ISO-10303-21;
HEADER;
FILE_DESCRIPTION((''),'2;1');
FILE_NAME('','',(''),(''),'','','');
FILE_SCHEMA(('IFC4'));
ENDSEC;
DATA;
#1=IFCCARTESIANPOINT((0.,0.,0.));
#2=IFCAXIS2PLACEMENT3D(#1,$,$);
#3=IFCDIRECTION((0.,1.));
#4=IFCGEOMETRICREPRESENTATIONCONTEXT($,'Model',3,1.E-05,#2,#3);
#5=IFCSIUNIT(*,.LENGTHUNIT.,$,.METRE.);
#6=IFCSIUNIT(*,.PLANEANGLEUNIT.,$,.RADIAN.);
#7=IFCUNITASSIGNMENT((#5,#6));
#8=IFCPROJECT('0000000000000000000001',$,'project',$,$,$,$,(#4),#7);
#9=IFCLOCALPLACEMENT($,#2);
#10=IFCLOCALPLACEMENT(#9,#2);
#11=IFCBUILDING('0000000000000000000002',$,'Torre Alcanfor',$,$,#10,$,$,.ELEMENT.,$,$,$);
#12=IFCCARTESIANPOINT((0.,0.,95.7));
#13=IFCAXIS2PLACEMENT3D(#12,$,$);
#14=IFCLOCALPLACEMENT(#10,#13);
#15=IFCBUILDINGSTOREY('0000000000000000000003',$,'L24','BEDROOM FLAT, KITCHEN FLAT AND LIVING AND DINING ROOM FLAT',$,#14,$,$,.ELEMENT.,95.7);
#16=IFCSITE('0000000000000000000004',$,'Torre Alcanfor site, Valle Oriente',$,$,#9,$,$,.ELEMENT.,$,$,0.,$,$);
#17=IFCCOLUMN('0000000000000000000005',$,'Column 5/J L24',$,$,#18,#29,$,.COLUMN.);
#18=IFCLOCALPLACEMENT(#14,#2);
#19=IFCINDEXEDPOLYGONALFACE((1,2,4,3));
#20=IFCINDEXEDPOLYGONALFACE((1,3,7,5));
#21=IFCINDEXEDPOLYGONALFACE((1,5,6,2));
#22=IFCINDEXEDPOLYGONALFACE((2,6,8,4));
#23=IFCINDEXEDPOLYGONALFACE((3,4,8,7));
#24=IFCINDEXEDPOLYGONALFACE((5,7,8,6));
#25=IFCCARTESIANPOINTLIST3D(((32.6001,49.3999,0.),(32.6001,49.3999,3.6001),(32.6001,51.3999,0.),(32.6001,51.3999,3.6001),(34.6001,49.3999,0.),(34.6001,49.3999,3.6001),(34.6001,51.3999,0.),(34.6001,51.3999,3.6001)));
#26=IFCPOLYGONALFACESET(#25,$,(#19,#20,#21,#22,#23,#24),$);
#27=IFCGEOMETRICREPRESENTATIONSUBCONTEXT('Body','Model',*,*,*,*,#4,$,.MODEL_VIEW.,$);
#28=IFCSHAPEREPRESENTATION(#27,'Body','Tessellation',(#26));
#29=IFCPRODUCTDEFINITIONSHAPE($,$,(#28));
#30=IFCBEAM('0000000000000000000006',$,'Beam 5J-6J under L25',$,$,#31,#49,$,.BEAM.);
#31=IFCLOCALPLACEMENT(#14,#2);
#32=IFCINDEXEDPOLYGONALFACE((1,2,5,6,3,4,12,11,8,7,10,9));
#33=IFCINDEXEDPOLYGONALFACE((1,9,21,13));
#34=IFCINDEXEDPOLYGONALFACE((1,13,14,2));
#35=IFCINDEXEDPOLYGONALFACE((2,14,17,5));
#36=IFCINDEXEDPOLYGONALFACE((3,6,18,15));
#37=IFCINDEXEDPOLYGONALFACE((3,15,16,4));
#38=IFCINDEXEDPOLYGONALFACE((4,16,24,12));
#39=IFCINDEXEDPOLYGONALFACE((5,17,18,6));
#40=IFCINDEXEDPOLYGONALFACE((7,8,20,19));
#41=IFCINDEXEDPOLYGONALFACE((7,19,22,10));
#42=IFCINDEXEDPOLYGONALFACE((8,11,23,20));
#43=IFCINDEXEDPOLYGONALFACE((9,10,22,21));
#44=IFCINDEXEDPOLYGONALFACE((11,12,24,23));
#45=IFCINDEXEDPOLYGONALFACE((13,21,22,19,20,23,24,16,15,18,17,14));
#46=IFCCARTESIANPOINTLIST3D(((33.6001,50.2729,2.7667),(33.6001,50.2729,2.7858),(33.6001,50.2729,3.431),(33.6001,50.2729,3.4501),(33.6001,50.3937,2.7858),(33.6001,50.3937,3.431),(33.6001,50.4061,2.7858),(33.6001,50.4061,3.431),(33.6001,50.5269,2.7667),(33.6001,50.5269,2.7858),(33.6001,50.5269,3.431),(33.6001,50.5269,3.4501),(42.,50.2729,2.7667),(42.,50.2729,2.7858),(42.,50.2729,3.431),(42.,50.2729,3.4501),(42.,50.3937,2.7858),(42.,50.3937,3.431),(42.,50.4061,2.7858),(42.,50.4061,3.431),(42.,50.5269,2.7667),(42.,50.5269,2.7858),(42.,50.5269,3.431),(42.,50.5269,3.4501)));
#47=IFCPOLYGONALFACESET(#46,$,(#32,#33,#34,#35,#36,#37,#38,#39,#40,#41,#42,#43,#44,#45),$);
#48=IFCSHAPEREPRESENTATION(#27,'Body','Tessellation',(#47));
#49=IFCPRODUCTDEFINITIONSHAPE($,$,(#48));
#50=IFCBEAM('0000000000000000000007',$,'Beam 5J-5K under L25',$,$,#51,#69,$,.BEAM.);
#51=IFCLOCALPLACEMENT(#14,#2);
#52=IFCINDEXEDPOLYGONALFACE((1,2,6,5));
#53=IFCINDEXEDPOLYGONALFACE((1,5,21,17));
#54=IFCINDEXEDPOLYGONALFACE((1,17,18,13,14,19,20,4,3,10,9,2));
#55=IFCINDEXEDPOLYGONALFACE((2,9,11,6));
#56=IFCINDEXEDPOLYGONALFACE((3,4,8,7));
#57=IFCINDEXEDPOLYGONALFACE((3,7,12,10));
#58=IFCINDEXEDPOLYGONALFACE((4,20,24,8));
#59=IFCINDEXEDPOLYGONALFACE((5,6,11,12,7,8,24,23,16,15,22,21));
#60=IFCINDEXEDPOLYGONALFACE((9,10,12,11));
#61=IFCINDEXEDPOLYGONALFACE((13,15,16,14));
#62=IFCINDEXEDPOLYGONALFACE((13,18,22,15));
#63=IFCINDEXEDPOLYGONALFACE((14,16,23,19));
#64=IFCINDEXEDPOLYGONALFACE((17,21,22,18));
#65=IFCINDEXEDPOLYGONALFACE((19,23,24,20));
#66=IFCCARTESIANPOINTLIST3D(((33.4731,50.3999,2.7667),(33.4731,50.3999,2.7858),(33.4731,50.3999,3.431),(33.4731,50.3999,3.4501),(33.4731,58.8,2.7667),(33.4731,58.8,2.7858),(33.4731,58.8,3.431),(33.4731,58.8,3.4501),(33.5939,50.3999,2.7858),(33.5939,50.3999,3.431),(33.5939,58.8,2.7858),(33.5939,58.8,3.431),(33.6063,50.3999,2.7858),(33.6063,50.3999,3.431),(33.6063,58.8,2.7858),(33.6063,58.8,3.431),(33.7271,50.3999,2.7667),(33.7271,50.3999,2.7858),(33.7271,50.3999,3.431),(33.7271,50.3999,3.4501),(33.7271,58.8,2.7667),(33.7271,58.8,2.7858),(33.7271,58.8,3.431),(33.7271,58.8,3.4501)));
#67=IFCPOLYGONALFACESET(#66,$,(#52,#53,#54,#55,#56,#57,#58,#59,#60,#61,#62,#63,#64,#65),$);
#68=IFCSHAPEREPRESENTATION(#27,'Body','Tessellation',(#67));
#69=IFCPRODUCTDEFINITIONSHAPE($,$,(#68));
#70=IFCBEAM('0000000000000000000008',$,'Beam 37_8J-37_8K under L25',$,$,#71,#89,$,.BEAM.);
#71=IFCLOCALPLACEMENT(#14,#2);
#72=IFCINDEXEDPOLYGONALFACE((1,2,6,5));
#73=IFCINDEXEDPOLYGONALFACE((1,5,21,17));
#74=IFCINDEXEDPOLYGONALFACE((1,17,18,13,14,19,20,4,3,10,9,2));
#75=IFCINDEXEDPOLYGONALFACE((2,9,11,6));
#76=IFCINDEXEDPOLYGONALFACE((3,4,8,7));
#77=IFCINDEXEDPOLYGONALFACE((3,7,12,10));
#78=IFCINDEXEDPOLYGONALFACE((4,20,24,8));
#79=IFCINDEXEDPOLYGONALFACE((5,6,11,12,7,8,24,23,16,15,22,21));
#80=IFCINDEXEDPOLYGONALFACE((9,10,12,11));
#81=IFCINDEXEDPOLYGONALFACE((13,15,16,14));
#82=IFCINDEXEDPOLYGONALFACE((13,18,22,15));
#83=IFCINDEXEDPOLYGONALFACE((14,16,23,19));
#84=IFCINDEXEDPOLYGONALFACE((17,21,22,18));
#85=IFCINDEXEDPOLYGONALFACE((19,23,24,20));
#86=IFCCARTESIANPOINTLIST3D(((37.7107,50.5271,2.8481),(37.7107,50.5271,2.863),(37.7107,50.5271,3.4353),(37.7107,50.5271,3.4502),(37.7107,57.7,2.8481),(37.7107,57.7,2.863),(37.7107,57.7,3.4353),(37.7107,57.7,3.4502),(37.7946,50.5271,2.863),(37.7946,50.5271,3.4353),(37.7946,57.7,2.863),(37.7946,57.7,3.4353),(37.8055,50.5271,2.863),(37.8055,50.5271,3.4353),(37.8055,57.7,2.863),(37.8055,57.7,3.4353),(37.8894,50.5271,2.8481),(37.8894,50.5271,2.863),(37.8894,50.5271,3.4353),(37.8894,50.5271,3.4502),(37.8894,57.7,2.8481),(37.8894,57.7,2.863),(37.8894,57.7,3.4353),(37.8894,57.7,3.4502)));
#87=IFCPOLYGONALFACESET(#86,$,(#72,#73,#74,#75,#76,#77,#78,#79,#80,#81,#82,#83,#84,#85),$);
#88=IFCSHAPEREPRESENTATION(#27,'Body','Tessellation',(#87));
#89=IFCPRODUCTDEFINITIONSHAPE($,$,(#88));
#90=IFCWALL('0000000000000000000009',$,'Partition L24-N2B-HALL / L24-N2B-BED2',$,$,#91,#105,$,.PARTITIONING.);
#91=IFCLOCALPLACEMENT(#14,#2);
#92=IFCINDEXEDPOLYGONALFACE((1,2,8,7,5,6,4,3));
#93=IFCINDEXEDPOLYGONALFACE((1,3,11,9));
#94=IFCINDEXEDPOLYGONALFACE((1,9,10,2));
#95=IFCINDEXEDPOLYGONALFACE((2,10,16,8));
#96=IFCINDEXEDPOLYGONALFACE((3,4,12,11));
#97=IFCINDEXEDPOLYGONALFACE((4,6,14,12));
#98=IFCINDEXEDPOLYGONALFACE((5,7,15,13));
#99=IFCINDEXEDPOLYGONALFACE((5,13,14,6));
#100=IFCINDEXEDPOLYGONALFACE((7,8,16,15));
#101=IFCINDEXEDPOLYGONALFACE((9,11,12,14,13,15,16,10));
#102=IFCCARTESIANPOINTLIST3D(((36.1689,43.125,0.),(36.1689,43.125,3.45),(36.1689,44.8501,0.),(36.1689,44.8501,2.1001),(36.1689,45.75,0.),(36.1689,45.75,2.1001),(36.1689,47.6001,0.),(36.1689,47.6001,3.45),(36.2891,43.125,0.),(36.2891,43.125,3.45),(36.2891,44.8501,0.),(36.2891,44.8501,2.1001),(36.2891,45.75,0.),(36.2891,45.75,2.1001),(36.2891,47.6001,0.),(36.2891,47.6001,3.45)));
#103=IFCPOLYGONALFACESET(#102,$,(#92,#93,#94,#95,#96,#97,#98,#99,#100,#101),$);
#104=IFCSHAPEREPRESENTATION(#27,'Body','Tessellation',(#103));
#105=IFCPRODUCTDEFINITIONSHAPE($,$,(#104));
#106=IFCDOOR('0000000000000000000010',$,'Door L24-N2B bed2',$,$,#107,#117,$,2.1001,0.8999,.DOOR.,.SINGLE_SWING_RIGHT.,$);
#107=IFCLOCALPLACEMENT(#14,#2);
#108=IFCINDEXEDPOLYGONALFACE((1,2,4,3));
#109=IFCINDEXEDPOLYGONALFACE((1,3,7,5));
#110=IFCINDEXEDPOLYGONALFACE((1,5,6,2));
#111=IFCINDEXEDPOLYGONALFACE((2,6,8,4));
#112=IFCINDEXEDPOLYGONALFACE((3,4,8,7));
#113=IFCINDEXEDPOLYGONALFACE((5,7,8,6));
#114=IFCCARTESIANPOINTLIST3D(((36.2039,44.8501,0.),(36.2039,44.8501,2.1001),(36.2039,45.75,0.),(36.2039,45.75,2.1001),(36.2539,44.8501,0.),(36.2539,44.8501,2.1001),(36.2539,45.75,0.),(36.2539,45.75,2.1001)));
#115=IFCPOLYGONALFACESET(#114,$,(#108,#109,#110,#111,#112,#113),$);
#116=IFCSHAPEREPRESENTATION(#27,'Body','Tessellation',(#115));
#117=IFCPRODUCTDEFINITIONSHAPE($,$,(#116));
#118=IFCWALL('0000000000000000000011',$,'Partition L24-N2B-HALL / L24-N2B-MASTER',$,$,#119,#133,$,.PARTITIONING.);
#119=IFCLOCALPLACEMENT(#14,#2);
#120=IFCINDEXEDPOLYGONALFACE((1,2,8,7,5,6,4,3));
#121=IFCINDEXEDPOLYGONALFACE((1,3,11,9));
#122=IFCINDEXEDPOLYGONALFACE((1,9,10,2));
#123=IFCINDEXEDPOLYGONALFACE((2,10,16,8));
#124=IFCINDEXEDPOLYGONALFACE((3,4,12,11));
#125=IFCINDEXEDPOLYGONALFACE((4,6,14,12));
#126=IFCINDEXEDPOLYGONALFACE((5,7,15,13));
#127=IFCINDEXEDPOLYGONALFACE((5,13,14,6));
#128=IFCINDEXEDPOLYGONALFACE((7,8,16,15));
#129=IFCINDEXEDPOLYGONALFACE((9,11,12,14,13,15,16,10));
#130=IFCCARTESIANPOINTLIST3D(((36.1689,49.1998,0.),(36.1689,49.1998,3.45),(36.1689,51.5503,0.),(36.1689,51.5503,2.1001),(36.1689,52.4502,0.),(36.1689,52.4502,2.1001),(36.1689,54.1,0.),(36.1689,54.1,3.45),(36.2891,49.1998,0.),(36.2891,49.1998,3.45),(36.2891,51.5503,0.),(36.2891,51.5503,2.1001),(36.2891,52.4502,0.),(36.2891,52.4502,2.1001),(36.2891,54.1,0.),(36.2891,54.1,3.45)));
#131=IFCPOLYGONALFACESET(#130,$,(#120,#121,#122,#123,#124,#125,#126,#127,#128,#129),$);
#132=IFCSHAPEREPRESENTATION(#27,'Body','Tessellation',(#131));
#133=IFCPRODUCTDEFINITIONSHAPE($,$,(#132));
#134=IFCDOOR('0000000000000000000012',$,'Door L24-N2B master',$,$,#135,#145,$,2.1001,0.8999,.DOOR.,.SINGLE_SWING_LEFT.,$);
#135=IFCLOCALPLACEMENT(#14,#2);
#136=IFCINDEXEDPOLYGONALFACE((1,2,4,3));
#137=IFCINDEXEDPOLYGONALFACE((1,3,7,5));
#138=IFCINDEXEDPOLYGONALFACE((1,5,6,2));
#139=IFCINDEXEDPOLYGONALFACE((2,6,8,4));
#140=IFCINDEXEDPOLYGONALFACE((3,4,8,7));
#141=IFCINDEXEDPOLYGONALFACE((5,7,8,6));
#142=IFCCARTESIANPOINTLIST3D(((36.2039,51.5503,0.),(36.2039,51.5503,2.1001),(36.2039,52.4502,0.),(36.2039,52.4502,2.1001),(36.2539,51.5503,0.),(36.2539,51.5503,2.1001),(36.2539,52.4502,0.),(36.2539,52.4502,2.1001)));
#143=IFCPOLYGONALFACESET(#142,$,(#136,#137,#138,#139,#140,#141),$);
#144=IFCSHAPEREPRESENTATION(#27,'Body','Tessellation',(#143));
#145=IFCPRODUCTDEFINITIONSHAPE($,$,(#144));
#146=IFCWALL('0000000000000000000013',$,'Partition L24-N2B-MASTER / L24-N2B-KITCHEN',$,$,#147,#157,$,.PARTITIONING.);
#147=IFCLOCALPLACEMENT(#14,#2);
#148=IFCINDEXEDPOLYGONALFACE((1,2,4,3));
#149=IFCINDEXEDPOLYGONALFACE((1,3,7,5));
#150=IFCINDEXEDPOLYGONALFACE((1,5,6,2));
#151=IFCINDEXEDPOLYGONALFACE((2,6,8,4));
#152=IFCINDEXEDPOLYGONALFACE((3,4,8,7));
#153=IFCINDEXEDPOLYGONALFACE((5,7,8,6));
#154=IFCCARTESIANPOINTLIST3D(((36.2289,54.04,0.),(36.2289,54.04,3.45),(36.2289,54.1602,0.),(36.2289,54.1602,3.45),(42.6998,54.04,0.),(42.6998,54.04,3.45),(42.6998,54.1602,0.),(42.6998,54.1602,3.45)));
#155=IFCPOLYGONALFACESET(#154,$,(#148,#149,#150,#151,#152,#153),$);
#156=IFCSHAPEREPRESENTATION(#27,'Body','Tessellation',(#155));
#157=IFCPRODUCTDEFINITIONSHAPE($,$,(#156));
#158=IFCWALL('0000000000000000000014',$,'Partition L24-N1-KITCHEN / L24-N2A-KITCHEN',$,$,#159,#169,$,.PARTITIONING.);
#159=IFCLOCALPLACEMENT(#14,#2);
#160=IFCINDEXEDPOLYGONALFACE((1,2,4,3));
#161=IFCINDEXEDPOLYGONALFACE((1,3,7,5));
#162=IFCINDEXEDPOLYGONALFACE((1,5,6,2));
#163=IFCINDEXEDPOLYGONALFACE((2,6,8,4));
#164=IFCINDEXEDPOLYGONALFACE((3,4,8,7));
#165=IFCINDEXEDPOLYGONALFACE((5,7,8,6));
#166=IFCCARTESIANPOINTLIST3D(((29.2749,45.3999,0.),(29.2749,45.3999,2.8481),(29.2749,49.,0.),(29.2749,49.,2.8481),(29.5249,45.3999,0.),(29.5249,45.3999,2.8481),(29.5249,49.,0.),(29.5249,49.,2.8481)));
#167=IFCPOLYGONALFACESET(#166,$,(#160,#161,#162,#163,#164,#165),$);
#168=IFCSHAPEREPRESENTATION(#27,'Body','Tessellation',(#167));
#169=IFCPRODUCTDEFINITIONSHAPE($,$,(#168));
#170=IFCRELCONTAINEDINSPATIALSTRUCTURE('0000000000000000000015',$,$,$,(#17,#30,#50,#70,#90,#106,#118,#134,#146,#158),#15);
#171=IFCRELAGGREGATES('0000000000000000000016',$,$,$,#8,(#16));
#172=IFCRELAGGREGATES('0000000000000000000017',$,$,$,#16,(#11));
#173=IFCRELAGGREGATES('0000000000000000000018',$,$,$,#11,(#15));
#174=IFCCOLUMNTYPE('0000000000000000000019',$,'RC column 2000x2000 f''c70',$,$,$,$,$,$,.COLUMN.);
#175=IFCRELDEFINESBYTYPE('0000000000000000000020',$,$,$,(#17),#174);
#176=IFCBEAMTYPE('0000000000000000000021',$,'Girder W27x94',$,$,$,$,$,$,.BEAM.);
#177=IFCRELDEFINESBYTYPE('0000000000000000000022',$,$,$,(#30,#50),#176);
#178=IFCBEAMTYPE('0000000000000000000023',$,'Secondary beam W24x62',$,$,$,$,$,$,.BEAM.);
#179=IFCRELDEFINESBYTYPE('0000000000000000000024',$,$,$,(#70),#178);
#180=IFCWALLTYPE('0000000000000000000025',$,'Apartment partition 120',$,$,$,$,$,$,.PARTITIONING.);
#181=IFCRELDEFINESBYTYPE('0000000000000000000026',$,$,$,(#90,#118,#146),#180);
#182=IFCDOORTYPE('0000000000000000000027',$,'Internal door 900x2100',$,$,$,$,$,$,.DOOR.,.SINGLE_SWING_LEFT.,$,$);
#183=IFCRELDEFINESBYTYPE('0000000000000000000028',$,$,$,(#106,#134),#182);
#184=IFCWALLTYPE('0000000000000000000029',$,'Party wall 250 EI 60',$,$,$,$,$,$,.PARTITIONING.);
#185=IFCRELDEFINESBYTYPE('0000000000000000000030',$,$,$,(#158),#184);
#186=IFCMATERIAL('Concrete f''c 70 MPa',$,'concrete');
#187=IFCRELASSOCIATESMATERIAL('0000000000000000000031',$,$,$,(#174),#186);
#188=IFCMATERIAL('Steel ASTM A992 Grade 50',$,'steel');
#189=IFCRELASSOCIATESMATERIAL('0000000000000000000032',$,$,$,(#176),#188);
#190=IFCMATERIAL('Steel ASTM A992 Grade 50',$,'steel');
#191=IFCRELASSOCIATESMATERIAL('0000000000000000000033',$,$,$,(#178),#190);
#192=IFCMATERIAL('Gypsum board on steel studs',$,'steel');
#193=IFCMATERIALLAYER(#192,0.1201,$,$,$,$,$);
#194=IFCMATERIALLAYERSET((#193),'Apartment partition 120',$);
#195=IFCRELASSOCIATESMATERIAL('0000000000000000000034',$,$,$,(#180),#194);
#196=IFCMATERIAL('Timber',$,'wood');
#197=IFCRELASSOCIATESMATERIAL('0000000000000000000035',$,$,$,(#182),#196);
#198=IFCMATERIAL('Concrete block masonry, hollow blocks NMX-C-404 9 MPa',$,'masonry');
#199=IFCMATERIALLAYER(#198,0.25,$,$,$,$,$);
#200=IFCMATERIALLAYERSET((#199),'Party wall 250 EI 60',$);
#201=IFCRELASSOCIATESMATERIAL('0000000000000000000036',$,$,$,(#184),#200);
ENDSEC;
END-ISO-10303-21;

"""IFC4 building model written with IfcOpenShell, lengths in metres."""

from ifc_helpers import new_model, si_unit, direction, frame, frame_2d, origin, origin_2d, place, context, subcontext, project, spatial, rectangle, i_section, extrude, material, layer, layer_set, material_profile, profile_set, type_object, element, fill, save


model = new_model("IFC4")

# Units and contexts
model_context = context("Model", 3, precision=1e-05, world=origin(), true_north=direction((0.0, 1.0)))
body_context = subcontext(model_context, "Body", "Model", "MODEL_VIEW")
ifc_project = project(units=[si_unit("LENGTHUNIT", "METRE"), si_unit("PLANEANGLEUNIT", "RADIAN")], contexts=[model_context])

# Site, building, storey
site_placement = place(None, origin())
site = spatial("IfcSite", under=ifc_project, at=site_placement, Name="Torre Alcanfor site, Valle Oriente", CompositionType="ELEMENT", RefElevation=0.0)
building_placement = place(site_placement, origin())
building = spatial("IfcBuilding", under=site, at=building_placement, Name="Torre Alcanfor", CompositionType="ELEMENT")
storey_placement = place(building_placement, frame((0.0, 0.0, 95.7)))
storey = spatial("IfcBuildingStorey", under=building, at=storey_placement, Name="L24", Description="BEDROOM FLAT, KITCHEN FLAT AND LIVING AND DINING ROOM FLAT", CompositionType="ELEMENT", Elevation=95.7)

# Column
ifc_material_1 = material(Name="Concrete f'c 70 MPa", Category="concrete")
ifc_material_profile_1 = material_profile(ifc_material_1, rectangle(XDim=2.0, YDim=2.0, at=origin_2d()), Name="2000x2000")
ifc_profile_set_1 = profile_set([ifc_material_profile_1], Name="Concrete f'c 70 MPa")
column_type = type_object("IfcColumnType", Name="RC column 2000x2000 f'c70", PredefinedType="COLUMN", material=ifc_profile_set_1)
column_placement = place(storey_placement, frame((33.6001, 50.3999, 0.0), z_axis=(0.0, 0.0, 1.0), x_axis=(1.0, 0.0, 0.0)))
element("IfcColumn", 1, at=column_placement, inside=storey, type_object=column_type, Name="Column 5/J L24", PredefinedType="COLUMN", context=body_context, shape_type="SweptSolid", body=[
    extrude(rectangle(XDim=2.0, YDim=2.0, at=origin_2d()), origin(), (0.0, 0.0, 1.0), 3.6001),
])

# Beams
ifc_material_2 = material(Name="Steel ASTM A992 Grade 50", Category="steel")
ifc_material_profile_2 = material_profile(ifc_material_2, i_section(OverallWidth=0.2539, OverallDepth=0.6833, WebThickness=0.0125, FlangeThickness=0.019, at=origin_2d()), Name="W27x94")
ifc_profile_set_2 = profile_set([ifc_material_profile_2], Name="Steel ASTM A992 Grade 50")
beam_type_1 = type_object("IfcBeamType", Name="Girder W27x94", PredefinedType="BEAM", material=ifc_profile_set_2)
beam_1_placement = place(storey_placement, frame((33.6001, 50.3999, 3.1084), z_axis=(1.0, 0.0, 0.0), x_axis=(0.0, 1.0, 0.0)))
element("IfcBeam", 2, at=beam_1_placement, inside=storey, type_object=beam_type_1, Name="Beam 5J-6J under L25", PredefinedType="BEAM", context=body_context, shape_type="SweptSolid", body=[
    extrude(i_section(OverallWidth=0.2539, OverallDepth=0.6833, WebThickness=0.0125, FlangeThickness=0.019, at=origin_2d()), origin(), (0.0, 0.0, 1.0), 8.3999),
])
beam_2_placement = place(storey_placement, frame((33.6001, 50.3999, 3.1084), z_axis=(0.0, 1.0, 0.0), x_axis=(-1.0, 0.0, 0.0)))
element("IfcBeam", 3, at=beam_2_placement, inside=storey, type_object=beam_type_1, Name="Beam 5J-5K under L25", PredefinedType="BEAM", context=body_context, shape_type="SweptSolid", body=[
    extrude(i_section(OverallWidth=0.2539, OverallDepth=0.6833, WebThickness=0.0125, FlangeThickness=0.019, at=origin_2d()), origin(), (0.0, 0.0, 1.0), 8.4001),
])
ifc_material_3 = material(Name="Steel ASTM A992 Grade 50", Category="steel")
ifc_material_profile_3 = material_profile(ifc_material_3, i_section(OverallWidth=0.1787, OverallDepth=0.6021, WebThickness=0.011, FlangeThickness=0.0149, at=origin_2d()), Name="W24x62")
ifc_profile_set_3 = profile_set([ifc_material_profile_3], Name="Steel ASTM A992 Grade 50")
beam_type_2 = type_object("IfcBeamType", Name="Secondary beam W24x62", PredefinedType="BEAM", material=ifc_profile_set_3)
beam_3_placement = place(storey_placement, frame((37.8, 50.5271, 3.1492), z_axis=(0.0, 1.0, 0.0), x_axis=(-1.0, 0.0, 0.0)))
element("IfcBeam", 4, at=beam_3_placement, inside=storey, type_object=beam_type_2, Name="Beam 37_8J-37_8K under L25", PredefinedType="BEAM", context=body_context, shape_type="SweptSolid", body=[
    extrude(i_section(OverallWidth=0.1787, OverallDepth=0.6021, WebThickness=0.011, FlangeThickness=0.0149, at=origin_2d()), origin(), (0.0, 0.0, 1.0), 7.1729),
])

# Walls, openings, doors
ifc_material_4 = material(Name="Gypsum board on steel studs", Category="steel")
ifc_layer_1 = layer(ifc_material_4, 0.1201)
ifc_layer_set_1 = layer_set([ifc_layer_1], Name="Apartment partition 120")
wall_type_1 = type_object("IfcWallType", Name="Apartment partition 120", PredefinedType="PARTITIONING", material=ifc_layer_set_1)
wall_1_placement = place(storey_placement, frame((36.229, 47.6001, 0.0), z_axis=(0.0, 0.0, 1.0), x_axis=(0.0, -1.0, 0.0)))
wall_1 = element("IfcWall", 5, at=wall_1_placement, inside=storey, type_object=wall_type_1, Name="Partition L24-N2B-HALL / L24-N2B-BED2", PredefinedType="PARTITIONING", context=body_context, shape_type="SweptSolid", body=[
    extrude(rectangle(XDim=4.4751, YDim=0.1201, at=frame_2d((2.2375, 0.0))), origin(), (0.0, 0.0, 1.0), 3.45),
])
opening_1_placement = place(wall_1_placement, frame((1.8501, 0.0, 0.0)))
opening_1 = element("IfcOpeningElement", 6, at=opening_1_placement, cuts=wall_1, PredefinedType="OPENING", context=body_context, shape_type="SweptSolid", body=[
    extrude(rectangle(XDim=0.8999, YDim=2.1001, at=frame_2d((0.45, 1.05))), frame((0.0, 0.0701, 0.0), z_axis=(0.0, -1.0, 0.0), x_axis=(1.0, 0.0, 0.0)), (0.0, 0.0, 1.0), 0.1401),
])
ifc_material_5 = material(Name="Timber", Category="wood")
door_type_1 = type_object("IfcDoorType", Name="Internal door 900x2100", OperationType="SINGLE_SWING_LEFT", PredefinedType="DOOR", material=ifc_material_5)
door_1_placement = place(opening_1_placement, origin())
door_1 = element("IfcDoor", 7, at=door_1_placement, inside=storey, type_object=door_type_1, Name="Door L24-N2B bed2", OperationType="SINGLE_SWING_RIGHT", OverallHeight=2.1001, OverallWidth=0.8999, PredefinedType="DOOR", context=body_context, shape_type="SweptSolid", body=[
    extrude(rectangle(XDim=0.8999, YDim=2.1001, at=frame_2d((0.45, 1.05))), frame((0.0, 0.0249, 0.0), z_axis=(0.0, -1.0, 0.0), x_axis=(1.0, 0.0, 0.0)), (0.0, 0.0, 1.0), 0.05),
])
fill(opening_1, door_1)
wall_2_placement = place(storey_placement, frame((36.229, 54.1001, 0.0), z_axis=(0.0, 0.0, 1.0), x_axis=(0.0, -1.0, 0.0)))
wall_2 = element("IfcWall", 8, at=wall_2_placement, inside=storey, type_object=wall_type_1, Name="Partition L24-N2B-HALL / L24-N2B-MASTER", PredefinedType="PARTITIONING", context=body_context, shape_type="SweptSolid", body=[
    extrude(rectangle(XDim=4.9001, YDim=0.1201, at=frame_2d((2.4502, 0.0))), origin(), (0.0, 0.0, 1.0), 3.45),
])
opening_2_placement = place(wall_2_placement, frame((1.6499, 0.0, 0.0)))
opening_2 = element("IfcOpeningElement", 9, at=opening_2_placement, cuts=wall_2, PredefinedType="OPENING", context=body_context, shape_type="SweptSolid", body=[
    extrude(rectangle(XDim=0.8999, YDim=2.1001, at=frame_2d((0.45, 1.05))), frame((0.0, 0.0701, 0.0), z_axis=(0.0, -1.0, 0.0), x_axis=(1.0, 0.0, 0.0)), (0.0, 0.0, 1.0), 0.1401),
])
door_2_placement = place(opening_2_placement, origin())
door_2 = element("IfcDoor", 10, at=door_2_placement, inside=storey, type_object=door_type_1, Name="Door L24-N2B master", OperationType="SINGLE_SWING_LEFT", OverallHeight=2.1001, OverallWidth=0.8999, PredefinedType="DOOR", context=body_context, shape_type="SweptSolid", body=[
    extrude(rectangle(XDim=0.8999, YDim=2.1001, at=frame_2d((0.45, 1.05))), frame((0.0, 0.0249, 0.0), z_axis=(0.0, -1.0, 0.0), x_axis=(1.0, 0.0, 0.0)), (0.0, 0.0, 1.0), 0.05),
])
fill(opening_2, door_2)

# Walls
wall_3_placement = place(storey_placement, frame((36.229, 54.1001, 0.0), z_axis=(0.0, 0.0, 1.0), x_axis=(1.0, 0.0, 0.0)))
element("IfcWall", 11, at=wall_3_placement, inside=storey, type_object=wall_type_1, Name="Partition L24-N2B-MASTER / L24-N2B-KITCHEN", PredefinedType="PARTITIONING", context=body_context, shape_type="SweptSolid", body=[
    extrude(rectangle(XDim=6.4709, YDim=0.1201, at=frame_2d((3.2354, 0.0))), origin(), (0.0, 0.0, 1.0), 3.45),
])
ifc_material_6 = material(Name="Concrete block masonry, hollow blocks NMX-C-404 9 MPa", Category="masonry")
ifc_layer_2 = layer(ifc_material_6, 0.25)
ifc_layer_set_2 = layer_set([ifc_layer_2], Name="Party wall 250 EI 60")
wall_type_2 = type_object("IfcWallType", Name="Party wall 250 EI 60", PredefinedType="PARTITIONING", material=ifc_layer_set_2)
wall_4_placement = place(storey_placement, frame((29.3999, 49.0, 0.0), z_axis=(0.0, 0.0, 1.0), x_axis=(0.0, -1.0, 0.0)))
element("IfcWall", 12, at=wall_4_placement, inside=storey, type_object=wall_type_2, Name="Partition L24-N1-KITCHEN / L24-N2A-KITCHEN", PredefinedType="PARTITIONING", context=body_context, shape_type="SweptSolid", body=[
    extrude(rectangle(XDim=3.6001, YDim=0.25, at=frame_2d((1.8, 0.0))), origin(), (0.0, 0.0, 1.0), 2.8481),
])

save(model, "model.ifc")
